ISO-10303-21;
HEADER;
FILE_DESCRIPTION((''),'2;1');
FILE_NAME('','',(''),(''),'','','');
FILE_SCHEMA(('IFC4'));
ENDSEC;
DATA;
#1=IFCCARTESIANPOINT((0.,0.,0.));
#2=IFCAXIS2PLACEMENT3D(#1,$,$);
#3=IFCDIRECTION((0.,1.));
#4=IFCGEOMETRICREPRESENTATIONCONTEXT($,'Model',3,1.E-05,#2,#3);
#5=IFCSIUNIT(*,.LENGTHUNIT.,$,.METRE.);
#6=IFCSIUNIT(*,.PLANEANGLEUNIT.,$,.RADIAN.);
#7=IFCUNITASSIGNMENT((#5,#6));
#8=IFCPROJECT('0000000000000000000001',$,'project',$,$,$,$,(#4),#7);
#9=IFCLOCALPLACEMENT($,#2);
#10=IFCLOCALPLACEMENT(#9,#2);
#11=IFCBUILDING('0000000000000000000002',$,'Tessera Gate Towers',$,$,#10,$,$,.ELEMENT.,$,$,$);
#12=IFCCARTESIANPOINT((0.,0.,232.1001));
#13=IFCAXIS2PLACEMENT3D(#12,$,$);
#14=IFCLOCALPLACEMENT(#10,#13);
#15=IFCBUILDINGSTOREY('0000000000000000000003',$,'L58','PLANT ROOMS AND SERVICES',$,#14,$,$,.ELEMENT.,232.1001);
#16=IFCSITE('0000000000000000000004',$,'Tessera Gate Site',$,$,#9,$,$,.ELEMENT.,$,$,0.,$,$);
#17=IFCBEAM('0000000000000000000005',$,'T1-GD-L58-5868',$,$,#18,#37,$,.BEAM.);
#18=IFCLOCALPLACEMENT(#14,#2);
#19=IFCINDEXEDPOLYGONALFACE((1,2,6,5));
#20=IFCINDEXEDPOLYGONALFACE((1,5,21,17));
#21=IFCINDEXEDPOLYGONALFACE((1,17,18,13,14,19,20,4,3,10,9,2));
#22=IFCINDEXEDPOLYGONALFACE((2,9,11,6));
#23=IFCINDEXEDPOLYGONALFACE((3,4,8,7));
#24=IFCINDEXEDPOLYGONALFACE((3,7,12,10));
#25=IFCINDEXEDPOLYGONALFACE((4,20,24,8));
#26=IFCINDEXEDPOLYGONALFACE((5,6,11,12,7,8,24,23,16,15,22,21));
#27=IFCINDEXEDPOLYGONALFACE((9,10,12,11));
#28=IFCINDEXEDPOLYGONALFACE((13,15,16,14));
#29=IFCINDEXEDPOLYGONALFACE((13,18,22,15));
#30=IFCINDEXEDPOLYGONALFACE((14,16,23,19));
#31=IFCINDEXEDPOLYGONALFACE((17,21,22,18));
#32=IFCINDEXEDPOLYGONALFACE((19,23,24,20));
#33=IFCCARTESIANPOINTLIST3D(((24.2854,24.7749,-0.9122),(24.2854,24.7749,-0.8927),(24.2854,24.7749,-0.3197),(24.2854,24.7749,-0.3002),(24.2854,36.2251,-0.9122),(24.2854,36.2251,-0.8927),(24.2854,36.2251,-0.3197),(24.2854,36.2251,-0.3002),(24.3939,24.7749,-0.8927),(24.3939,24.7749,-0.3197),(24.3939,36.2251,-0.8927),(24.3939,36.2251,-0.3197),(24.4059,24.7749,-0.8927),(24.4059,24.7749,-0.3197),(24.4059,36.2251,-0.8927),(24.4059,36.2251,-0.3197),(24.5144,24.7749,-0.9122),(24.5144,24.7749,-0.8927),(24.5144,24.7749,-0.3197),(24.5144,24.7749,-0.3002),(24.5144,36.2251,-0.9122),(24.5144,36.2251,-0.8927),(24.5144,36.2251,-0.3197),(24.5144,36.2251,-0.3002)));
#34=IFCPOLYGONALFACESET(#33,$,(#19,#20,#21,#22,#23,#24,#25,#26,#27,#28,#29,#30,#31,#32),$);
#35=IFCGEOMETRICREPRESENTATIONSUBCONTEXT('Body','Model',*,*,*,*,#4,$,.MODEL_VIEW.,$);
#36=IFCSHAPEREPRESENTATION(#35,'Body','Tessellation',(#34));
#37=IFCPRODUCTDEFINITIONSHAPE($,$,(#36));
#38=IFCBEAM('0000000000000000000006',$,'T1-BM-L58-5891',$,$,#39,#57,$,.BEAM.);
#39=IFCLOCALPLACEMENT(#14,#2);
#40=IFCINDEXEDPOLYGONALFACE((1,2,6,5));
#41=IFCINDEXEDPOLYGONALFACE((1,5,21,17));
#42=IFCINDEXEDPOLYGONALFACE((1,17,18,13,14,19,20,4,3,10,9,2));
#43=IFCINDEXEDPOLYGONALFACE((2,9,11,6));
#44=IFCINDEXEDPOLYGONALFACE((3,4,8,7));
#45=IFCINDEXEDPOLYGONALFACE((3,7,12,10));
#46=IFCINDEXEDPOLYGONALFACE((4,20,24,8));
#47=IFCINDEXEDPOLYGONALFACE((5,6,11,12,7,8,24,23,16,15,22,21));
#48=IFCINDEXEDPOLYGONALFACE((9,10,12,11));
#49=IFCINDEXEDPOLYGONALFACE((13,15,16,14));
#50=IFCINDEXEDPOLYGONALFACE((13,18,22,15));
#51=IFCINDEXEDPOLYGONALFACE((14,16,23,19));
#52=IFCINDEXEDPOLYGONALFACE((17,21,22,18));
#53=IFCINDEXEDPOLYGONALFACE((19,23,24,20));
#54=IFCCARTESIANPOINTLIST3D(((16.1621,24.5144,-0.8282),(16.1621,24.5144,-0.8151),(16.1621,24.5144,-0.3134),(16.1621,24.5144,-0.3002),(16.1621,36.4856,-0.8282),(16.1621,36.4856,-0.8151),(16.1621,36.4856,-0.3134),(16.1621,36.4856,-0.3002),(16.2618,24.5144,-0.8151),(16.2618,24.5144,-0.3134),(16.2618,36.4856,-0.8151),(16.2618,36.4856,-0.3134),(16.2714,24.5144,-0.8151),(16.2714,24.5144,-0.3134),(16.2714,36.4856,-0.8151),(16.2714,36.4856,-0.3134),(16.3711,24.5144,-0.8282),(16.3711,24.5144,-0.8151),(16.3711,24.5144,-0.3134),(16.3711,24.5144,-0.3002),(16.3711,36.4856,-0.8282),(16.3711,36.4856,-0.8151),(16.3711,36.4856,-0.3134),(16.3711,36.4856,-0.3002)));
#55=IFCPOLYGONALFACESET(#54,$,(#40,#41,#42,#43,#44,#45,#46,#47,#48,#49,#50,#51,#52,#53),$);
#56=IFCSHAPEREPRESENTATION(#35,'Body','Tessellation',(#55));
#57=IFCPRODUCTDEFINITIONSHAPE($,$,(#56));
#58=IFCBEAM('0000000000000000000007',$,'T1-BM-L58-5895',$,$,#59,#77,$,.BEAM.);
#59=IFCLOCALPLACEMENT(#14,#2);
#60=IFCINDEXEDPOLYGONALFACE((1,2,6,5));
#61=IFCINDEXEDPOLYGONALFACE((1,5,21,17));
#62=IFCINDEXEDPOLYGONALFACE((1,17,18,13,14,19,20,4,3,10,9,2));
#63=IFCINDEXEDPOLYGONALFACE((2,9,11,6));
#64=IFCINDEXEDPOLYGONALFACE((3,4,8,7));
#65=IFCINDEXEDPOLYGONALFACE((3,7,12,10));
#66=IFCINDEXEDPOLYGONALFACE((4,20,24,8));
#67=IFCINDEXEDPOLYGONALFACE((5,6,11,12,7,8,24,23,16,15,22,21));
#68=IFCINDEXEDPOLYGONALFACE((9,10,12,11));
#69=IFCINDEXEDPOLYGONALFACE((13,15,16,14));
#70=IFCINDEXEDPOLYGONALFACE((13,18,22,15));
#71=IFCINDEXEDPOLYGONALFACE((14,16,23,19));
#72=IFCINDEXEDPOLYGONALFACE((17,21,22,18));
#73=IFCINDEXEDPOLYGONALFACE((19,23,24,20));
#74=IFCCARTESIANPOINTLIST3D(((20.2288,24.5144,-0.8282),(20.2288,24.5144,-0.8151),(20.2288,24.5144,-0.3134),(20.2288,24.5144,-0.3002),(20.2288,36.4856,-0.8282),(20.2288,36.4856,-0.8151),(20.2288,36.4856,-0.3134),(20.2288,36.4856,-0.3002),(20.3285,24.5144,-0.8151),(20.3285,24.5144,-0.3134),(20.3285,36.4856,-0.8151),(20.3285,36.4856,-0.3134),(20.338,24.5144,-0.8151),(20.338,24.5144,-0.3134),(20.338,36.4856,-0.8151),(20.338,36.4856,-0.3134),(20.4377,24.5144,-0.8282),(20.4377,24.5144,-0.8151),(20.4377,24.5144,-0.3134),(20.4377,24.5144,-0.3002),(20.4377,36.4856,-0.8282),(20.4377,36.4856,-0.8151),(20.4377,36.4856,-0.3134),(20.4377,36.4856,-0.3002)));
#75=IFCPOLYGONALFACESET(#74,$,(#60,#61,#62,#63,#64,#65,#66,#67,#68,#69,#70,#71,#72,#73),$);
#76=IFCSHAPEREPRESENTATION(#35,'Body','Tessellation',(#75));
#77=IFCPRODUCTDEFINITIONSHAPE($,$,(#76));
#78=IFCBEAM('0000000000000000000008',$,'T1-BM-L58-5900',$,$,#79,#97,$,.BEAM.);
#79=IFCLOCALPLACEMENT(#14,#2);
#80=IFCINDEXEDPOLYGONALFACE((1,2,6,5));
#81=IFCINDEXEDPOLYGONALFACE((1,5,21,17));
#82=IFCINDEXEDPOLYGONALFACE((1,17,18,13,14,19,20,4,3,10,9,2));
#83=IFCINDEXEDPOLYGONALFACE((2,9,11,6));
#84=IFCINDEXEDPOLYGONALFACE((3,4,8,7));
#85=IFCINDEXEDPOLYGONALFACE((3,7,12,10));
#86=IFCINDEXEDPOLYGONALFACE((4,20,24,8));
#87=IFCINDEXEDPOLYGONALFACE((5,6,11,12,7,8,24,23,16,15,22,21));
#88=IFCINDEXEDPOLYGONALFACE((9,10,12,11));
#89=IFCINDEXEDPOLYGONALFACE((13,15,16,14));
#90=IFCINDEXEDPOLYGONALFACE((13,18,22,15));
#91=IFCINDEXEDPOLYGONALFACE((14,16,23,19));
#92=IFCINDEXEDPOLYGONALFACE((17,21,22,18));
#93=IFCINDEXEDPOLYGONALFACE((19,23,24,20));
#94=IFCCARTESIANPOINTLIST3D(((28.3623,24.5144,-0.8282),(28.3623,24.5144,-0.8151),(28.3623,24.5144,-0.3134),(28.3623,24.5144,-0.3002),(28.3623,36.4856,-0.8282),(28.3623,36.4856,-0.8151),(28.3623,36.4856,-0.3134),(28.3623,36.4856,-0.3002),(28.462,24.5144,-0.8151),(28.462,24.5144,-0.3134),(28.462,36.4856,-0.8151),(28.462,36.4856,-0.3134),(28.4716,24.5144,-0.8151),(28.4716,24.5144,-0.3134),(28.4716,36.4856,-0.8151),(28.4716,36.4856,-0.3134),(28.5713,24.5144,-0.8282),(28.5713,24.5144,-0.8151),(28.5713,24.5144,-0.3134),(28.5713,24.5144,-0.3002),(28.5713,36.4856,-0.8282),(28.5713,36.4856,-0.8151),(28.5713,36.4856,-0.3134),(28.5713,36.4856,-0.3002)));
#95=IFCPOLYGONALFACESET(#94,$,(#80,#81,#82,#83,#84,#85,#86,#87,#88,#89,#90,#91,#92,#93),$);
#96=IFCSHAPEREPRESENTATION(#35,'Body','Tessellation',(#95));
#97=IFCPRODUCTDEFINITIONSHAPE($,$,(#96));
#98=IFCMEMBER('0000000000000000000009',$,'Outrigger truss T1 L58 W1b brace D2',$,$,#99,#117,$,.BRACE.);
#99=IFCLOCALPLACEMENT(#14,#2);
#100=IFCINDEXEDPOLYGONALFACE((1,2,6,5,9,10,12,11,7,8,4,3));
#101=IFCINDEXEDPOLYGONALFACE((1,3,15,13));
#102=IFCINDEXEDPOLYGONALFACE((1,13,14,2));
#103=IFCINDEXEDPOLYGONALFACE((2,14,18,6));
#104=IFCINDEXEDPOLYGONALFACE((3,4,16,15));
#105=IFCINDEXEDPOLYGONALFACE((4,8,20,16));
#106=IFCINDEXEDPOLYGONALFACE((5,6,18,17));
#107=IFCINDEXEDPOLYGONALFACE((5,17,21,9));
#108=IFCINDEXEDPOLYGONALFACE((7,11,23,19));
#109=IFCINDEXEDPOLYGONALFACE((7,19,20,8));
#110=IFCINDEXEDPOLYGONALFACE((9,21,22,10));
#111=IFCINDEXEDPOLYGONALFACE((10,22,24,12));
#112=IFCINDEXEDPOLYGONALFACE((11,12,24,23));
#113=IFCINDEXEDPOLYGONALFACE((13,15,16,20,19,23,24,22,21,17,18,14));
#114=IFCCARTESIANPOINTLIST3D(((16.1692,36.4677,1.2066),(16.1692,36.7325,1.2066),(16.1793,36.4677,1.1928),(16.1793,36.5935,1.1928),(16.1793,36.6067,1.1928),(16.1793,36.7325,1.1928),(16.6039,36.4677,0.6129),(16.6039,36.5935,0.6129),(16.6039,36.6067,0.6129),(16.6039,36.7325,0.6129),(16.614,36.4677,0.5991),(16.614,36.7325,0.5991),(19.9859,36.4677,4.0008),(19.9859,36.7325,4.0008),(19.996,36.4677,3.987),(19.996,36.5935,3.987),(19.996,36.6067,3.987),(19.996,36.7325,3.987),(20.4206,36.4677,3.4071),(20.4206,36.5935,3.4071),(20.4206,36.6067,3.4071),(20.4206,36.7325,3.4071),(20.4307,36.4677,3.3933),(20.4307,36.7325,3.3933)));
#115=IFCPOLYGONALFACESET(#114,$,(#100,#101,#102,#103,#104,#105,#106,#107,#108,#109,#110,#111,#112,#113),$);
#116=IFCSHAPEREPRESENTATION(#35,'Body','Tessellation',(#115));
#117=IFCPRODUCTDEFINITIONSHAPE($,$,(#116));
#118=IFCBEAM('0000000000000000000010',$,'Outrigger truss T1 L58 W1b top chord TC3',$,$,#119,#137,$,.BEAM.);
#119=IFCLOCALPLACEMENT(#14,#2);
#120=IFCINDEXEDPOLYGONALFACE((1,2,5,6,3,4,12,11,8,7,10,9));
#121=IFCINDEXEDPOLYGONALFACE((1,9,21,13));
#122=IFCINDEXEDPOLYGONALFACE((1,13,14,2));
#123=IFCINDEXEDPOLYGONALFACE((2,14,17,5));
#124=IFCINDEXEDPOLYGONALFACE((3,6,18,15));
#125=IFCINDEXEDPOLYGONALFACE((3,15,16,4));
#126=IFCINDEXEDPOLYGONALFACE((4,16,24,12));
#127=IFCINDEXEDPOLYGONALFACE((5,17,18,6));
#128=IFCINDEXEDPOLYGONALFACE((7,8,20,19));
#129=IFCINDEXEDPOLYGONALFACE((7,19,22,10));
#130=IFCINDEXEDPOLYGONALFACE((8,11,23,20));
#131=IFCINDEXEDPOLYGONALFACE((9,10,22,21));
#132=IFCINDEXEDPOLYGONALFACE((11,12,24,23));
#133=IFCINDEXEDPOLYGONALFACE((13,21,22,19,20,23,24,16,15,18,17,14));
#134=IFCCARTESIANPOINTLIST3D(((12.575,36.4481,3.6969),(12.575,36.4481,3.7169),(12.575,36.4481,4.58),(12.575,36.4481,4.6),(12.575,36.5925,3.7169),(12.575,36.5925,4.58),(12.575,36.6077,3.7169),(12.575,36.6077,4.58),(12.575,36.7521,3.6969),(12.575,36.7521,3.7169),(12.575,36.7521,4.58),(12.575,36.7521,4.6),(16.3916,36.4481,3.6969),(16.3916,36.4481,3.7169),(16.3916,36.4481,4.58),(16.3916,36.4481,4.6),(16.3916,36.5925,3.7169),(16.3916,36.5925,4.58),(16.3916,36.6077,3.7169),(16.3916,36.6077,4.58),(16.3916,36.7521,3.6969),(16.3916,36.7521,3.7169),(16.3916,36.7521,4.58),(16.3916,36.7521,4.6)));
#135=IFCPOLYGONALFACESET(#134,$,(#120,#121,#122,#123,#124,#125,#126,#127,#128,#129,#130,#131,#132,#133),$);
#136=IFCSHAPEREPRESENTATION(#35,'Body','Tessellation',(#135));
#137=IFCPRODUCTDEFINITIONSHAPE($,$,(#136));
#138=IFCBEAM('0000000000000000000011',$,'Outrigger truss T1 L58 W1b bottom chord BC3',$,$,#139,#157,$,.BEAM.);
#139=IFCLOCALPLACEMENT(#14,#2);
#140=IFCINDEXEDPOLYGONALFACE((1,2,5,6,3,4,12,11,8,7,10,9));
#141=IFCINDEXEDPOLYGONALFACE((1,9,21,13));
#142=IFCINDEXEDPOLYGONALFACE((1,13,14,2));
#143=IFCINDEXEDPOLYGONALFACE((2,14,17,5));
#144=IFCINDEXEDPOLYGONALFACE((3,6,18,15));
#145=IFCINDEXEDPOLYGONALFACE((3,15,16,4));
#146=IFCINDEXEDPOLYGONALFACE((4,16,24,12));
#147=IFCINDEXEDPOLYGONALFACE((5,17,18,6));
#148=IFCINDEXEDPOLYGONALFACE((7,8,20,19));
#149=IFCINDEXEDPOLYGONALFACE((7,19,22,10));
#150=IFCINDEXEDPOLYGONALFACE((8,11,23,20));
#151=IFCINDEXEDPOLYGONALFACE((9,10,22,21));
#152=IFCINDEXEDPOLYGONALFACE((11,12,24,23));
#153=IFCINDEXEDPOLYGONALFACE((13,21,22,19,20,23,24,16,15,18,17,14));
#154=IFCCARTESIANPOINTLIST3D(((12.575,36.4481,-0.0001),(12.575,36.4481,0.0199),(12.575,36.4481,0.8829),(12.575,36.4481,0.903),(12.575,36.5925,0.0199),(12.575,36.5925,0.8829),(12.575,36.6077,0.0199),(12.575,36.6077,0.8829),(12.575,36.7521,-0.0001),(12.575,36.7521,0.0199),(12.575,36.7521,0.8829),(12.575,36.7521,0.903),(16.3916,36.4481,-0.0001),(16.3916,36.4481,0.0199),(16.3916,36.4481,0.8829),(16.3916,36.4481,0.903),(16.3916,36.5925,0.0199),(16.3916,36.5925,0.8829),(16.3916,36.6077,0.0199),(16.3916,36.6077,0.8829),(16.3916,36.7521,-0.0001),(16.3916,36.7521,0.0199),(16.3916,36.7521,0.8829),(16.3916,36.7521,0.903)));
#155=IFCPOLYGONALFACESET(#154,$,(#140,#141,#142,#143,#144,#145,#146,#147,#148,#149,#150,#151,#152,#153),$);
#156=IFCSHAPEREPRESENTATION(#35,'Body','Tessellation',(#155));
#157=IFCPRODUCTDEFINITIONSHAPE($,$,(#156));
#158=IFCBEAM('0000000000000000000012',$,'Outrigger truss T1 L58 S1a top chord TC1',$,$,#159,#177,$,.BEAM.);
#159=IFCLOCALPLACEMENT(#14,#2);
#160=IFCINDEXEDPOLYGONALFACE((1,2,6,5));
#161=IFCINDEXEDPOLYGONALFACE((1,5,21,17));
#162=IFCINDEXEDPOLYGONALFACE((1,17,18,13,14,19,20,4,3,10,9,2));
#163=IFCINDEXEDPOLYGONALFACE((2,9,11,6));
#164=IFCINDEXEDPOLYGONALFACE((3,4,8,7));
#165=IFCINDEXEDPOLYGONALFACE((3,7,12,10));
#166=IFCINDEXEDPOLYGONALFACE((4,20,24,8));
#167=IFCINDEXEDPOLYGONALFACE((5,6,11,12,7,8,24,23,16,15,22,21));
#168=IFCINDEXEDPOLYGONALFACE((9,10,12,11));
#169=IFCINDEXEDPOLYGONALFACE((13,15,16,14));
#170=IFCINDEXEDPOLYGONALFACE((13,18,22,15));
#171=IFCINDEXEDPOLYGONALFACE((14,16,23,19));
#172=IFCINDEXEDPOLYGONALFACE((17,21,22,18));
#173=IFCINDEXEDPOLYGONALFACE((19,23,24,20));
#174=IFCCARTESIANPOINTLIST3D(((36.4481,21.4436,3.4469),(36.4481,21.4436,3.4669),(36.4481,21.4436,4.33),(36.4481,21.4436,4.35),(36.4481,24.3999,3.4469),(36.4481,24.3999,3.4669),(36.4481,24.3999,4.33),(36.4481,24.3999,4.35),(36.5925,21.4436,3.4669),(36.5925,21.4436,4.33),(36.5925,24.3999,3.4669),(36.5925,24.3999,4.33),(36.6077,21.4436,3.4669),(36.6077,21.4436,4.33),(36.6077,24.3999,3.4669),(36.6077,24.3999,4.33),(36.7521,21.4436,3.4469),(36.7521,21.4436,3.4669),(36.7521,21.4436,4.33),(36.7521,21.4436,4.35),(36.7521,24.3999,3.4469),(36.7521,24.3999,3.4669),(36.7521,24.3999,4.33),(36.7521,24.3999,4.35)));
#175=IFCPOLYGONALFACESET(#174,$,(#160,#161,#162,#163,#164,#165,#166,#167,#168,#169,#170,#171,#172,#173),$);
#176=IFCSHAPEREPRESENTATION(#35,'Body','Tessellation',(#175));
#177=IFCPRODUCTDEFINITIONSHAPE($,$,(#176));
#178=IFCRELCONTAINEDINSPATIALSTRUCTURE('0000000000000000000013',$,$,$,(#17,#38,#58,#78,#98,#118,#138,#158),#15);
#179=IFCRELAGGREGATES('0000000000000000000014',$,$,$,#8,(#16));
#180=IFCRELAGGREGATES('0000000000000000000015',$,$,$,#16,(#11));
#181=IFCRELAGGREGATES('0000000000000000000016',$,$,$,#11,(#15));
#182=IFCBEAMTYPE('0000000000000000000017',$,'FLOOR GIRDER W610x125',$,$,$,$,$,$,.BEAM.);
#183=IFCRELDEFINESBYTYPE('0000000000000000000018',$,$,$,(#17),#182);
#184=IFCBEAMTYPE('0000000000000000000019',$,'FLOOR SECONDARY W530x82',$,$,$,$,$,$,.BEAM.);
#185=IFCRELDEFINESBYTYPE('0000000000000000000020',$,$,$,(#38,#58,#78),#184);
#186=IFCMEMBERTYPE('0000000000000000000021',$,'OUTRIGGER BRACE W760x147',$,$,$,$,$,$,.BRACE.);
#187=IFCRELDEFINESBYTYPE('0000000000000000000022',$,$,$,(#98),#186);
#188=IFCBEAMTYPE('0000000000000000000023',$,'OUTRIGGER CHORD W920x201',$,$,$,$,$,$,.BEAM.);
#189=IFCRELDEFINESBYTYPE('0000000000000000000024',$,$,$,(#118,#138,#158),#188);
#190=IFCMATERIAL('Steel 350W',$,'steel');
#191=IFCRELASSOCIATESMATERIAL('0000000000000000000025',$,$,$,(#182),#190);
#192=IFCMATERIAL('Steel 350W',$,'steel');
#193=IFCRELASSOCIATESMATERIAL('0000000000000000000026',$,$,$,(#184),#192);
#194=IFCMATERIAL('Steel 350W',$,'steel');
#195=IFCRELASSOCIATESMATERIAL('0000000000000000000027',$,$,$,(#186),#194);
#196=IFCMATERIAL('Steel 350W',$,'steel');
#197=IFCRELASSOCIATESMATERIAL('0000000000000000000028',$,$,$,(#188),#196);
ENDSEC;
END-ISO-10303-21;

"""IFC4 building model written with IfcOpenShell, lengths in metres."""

from ifc_helpers import new_model, si_unit, direction, frame, origin, origin_2d, place, context, subcontext, project, spatial, i_section, extrude, material, material_profile, profile_set, type_object, element, save


model = new_model("IFC4")

# Units and contexts
model_context = context("Model", 3, precision=1e-05, world=origin(), true_north=direction((0.0, 1.0)))
body_context = subcontext(model_context, "Body", "Model", "MODEL_VIEW")
ifc_project = project(units=[si_unit("LENGTHUNIT", "METRE"), si_unit("PLANEANGLEUNIT", "RADIAN")], contexts=[model_context])

# Site, building, storey
site_placement = place(None, origin())
site = spatial("IfcSite", under=ifc_project, at=site_placement, Name="Tessera Gate Site", CompositionType="ELEMENT", RefElevation=0.0)
building_placement = place(site_placement, origin())
building = spatial("IfcBuilding", under=site, at=building_placement, Name="Tessera Gate Towers", CompositionType="ELEMENT")
storey_placement = place(building_placement, frame((0.0, 0.0, 232.1001)))
storey = spatial("IfcBuildingStorey", under=building, at=storey_placement, Name="L58", Description="PLANT ROOMS AND SERVICES", CompositionType="ELEMENT", Elevation=232.1001)

# Beams
ifc_material_1 = material(Name="Steel 350W", Category="steel")
ifc_material_profile_1 = material_profile(ifc_material_1, i_section(OverallWidth=0.229, OverallDepth=0.6121, WebThickness=0.012, FlangeThickness=0.0195, at=origin_2d()), Name="W610x125")
ifc_profile_set_1 = profile_set([ifc_material_profile_1], Name="Steel 350W")
beam_type_1 = type_object("IfcBeamType", Name="FLOOR GIRDER W610x125", PredefinedType="BEAM", material=ifc_profile_set_1)
beam_1_placement = place(storey_placement, frame((24.3999, 24.7749, -0.6062), z_axis=(0.0, 1.0, 0.0), x_axis=(-1.0, 0.0, 0.0)))
element("IfcBeam", 1, at=beam_1_placement, inside=storey, type_object=beam_type_1, Name="T1-GD-L58-5868", PredefinedType="BEAM", context=body_context, shape_type="SweptSolid", body=[
    extrude(i_section(OverallWidth=0.229, OverallDepth=0.6121, WebThickness=0.012, FlangeThickness=0.0195, at=origin_2d()), origin(), (0.0, 0.0, 1.0), 11.4502),
])
ifc_material_2 = material(Name="Steel 350W", Category="steel")
ifc_material_profile_2 = material_profile(ifc_material_2, i_section(OverallWidth=0.209, OverallDepth=0.5281, WebThickness=0.0095, FlangeThickness=0.0132, at=origin_2d()), Name="W530x82")
ifc_profile_set_2 = profile_set([ifc_material_profile_2], Name="Steel 350W")
beam_type_2 = type_object("IfcBeamType", Name="FLOOR SECONDARY W530x82", PredefinedType="BEAM", material=ifc_profile_set_2)
for number, where, z_axis, x_axis, name in (
    (2, (16.2666, 24.5144, -0.5642), (0.0, 1.0, 0.0), (-1.0, 0.0, 0.0), "T1-BM-L58-5891"),
    (3, (20.3333, 24.5144, -0.5642), (0.0, 1.0, 0.0), (-1.0, 0.0, 0.0), "T1-BM-L58-5895"),
    (4, (28.4668, 24.5144, -0.5642), (0.0, 1.0, 0.0), (-1.0, 0.0, 0.0), "T1-BM-L58-5900"),
):
    element("IfcBeam", number, at=place(storey_placement, frame(where, z_axis=z_axis, x_axis=x_axis)), inside=storey, type_object=beam_type_2, Name=name, PredefinedType="BEAM", context=body_context, shape_type="SweptSolid", body=[
        extrude(i_section(OverallWidth=0.209, OverallDepth=0.5281, WebThickness=0.0095, FlangeThickness=0.0132, at=origin_2d()), origin(), (0.0, 0.0, 1.0), 11.9712),
    ])

# Member
ifc_material_3 = material(Name="Steel 350W", Category="steel")
ifc_material_profile_3 = material_profile(ifc_material_3, i_section(OverallWidth=0.2649, OverallDepth=0.7529, WebThickness=0.0132, FlangeThickness=0.0171, at=origin_2d()), Name="W760x147")
ifc_profile_set_3 = profile_set([ifc_material_profile_3], Name="Steel 350W")
member_type = type_object("IfcMemberType", Name="OUTRIGGER BRACE W760x147", PredefinedType="BRACE", material=ifc_profile_set_3)
member_placement = place(storey_placement, frame((16.3916, 36.6001, 0.9028), z_axis=(0.806877, 0.0, 0.590719), x_axis=(0.0, 1.0, 0.0)))
element("IfcMember", 5, at=member_placement, inside=storey, type_object=member_type, Name="Outrigger truss T1 L58 W1b brace D2", PredefinedType="BRACE", context=body_context, shape_type="SweptSolid", body=[
    extrude(i_section(OverallWidth=0.2649, OverallDepth=0.7529, WebThickness=0.0132, FlangeThickness=0.0171, at=origin_2d()), origin(), (0.0, 0.0, 1.0), 4.7302),
])

# Beams
ifc_material_4 = material(Name="Steel 350W", Category="steel")
ifc_material_profile_4 = material_profile(ifc_material_4, i_section(OverallWidth=0.304, OverallDepth=0.9031, WebThickness=0.0151, FlangeThickness=0.02, at=origin_2d()), Name="W920x201")
ifc_profile_set_4 = profile_set([ifc_material_profile_4], Name="Steel 350W")
beam_type_3 = type_object("IfcBeamType", Name="OUTRIGGER CHORD W920x201", PredefinedType="BEAM", material=ifc_profile_set_4)
for number, where, z_axis, x_axis, name in (
    (6, (16.3916, 36.6001, 4.1484), (-1.0, 0.0, 0.0), (0.0, -1.0, 0.0), "Outrigger truss T1 L58 W1b top chord TC3"),
    (7, (16.3916, 36.6001, 0.4514), (-1.0, 0.0, 0.0), (0.0, -1.0, 0.0), "Outrigger truss T1 L58 W1b bottom chord BC3"),
):
    element("IfcBeam", number, at=place(storey_placement, frame(where, z_axis=z_axis, x_axis=x_axis)), inside=storey, type_object=beam_type_3, Name=name, PredefinedType="BEAM", context=body_context, shape_type="SweptSolid", body=[
        extrude(i_section(OverallWidth=0.304, OverallDepth=0.9031, WebThickness=0.0151, FlangeThickness=0.02, at=origin_2d()), origin(), (0.0, 0.0, 1.0), 3.8167),
    ])
beam_2_placement = place(storey_placement, frame((36.6001, 24.3999, 3.8984), z_axis=(0.0, -1.0, 0.0), x_axis=(1.0, 0.0, 0.0)))
element("IfcBeam", 8, at=beam_2_placement, inside=storey, type_object=beam_type_3, Name="Outrigger truss T1 L58 S1a top chord TC1", PredefinedType="BEAM", context=body_context, shape_type="SweptSolid", body=[
    extrude(i_section(OverallWidth=0.304, OverallDepth=0.9031, WebThickness=0.0151, FlangeThickness=0.02, at=origin_2d()), origin(), (0.0, 0.0, 1.0), 2.9563),
])

save(model, "model.ifc")
